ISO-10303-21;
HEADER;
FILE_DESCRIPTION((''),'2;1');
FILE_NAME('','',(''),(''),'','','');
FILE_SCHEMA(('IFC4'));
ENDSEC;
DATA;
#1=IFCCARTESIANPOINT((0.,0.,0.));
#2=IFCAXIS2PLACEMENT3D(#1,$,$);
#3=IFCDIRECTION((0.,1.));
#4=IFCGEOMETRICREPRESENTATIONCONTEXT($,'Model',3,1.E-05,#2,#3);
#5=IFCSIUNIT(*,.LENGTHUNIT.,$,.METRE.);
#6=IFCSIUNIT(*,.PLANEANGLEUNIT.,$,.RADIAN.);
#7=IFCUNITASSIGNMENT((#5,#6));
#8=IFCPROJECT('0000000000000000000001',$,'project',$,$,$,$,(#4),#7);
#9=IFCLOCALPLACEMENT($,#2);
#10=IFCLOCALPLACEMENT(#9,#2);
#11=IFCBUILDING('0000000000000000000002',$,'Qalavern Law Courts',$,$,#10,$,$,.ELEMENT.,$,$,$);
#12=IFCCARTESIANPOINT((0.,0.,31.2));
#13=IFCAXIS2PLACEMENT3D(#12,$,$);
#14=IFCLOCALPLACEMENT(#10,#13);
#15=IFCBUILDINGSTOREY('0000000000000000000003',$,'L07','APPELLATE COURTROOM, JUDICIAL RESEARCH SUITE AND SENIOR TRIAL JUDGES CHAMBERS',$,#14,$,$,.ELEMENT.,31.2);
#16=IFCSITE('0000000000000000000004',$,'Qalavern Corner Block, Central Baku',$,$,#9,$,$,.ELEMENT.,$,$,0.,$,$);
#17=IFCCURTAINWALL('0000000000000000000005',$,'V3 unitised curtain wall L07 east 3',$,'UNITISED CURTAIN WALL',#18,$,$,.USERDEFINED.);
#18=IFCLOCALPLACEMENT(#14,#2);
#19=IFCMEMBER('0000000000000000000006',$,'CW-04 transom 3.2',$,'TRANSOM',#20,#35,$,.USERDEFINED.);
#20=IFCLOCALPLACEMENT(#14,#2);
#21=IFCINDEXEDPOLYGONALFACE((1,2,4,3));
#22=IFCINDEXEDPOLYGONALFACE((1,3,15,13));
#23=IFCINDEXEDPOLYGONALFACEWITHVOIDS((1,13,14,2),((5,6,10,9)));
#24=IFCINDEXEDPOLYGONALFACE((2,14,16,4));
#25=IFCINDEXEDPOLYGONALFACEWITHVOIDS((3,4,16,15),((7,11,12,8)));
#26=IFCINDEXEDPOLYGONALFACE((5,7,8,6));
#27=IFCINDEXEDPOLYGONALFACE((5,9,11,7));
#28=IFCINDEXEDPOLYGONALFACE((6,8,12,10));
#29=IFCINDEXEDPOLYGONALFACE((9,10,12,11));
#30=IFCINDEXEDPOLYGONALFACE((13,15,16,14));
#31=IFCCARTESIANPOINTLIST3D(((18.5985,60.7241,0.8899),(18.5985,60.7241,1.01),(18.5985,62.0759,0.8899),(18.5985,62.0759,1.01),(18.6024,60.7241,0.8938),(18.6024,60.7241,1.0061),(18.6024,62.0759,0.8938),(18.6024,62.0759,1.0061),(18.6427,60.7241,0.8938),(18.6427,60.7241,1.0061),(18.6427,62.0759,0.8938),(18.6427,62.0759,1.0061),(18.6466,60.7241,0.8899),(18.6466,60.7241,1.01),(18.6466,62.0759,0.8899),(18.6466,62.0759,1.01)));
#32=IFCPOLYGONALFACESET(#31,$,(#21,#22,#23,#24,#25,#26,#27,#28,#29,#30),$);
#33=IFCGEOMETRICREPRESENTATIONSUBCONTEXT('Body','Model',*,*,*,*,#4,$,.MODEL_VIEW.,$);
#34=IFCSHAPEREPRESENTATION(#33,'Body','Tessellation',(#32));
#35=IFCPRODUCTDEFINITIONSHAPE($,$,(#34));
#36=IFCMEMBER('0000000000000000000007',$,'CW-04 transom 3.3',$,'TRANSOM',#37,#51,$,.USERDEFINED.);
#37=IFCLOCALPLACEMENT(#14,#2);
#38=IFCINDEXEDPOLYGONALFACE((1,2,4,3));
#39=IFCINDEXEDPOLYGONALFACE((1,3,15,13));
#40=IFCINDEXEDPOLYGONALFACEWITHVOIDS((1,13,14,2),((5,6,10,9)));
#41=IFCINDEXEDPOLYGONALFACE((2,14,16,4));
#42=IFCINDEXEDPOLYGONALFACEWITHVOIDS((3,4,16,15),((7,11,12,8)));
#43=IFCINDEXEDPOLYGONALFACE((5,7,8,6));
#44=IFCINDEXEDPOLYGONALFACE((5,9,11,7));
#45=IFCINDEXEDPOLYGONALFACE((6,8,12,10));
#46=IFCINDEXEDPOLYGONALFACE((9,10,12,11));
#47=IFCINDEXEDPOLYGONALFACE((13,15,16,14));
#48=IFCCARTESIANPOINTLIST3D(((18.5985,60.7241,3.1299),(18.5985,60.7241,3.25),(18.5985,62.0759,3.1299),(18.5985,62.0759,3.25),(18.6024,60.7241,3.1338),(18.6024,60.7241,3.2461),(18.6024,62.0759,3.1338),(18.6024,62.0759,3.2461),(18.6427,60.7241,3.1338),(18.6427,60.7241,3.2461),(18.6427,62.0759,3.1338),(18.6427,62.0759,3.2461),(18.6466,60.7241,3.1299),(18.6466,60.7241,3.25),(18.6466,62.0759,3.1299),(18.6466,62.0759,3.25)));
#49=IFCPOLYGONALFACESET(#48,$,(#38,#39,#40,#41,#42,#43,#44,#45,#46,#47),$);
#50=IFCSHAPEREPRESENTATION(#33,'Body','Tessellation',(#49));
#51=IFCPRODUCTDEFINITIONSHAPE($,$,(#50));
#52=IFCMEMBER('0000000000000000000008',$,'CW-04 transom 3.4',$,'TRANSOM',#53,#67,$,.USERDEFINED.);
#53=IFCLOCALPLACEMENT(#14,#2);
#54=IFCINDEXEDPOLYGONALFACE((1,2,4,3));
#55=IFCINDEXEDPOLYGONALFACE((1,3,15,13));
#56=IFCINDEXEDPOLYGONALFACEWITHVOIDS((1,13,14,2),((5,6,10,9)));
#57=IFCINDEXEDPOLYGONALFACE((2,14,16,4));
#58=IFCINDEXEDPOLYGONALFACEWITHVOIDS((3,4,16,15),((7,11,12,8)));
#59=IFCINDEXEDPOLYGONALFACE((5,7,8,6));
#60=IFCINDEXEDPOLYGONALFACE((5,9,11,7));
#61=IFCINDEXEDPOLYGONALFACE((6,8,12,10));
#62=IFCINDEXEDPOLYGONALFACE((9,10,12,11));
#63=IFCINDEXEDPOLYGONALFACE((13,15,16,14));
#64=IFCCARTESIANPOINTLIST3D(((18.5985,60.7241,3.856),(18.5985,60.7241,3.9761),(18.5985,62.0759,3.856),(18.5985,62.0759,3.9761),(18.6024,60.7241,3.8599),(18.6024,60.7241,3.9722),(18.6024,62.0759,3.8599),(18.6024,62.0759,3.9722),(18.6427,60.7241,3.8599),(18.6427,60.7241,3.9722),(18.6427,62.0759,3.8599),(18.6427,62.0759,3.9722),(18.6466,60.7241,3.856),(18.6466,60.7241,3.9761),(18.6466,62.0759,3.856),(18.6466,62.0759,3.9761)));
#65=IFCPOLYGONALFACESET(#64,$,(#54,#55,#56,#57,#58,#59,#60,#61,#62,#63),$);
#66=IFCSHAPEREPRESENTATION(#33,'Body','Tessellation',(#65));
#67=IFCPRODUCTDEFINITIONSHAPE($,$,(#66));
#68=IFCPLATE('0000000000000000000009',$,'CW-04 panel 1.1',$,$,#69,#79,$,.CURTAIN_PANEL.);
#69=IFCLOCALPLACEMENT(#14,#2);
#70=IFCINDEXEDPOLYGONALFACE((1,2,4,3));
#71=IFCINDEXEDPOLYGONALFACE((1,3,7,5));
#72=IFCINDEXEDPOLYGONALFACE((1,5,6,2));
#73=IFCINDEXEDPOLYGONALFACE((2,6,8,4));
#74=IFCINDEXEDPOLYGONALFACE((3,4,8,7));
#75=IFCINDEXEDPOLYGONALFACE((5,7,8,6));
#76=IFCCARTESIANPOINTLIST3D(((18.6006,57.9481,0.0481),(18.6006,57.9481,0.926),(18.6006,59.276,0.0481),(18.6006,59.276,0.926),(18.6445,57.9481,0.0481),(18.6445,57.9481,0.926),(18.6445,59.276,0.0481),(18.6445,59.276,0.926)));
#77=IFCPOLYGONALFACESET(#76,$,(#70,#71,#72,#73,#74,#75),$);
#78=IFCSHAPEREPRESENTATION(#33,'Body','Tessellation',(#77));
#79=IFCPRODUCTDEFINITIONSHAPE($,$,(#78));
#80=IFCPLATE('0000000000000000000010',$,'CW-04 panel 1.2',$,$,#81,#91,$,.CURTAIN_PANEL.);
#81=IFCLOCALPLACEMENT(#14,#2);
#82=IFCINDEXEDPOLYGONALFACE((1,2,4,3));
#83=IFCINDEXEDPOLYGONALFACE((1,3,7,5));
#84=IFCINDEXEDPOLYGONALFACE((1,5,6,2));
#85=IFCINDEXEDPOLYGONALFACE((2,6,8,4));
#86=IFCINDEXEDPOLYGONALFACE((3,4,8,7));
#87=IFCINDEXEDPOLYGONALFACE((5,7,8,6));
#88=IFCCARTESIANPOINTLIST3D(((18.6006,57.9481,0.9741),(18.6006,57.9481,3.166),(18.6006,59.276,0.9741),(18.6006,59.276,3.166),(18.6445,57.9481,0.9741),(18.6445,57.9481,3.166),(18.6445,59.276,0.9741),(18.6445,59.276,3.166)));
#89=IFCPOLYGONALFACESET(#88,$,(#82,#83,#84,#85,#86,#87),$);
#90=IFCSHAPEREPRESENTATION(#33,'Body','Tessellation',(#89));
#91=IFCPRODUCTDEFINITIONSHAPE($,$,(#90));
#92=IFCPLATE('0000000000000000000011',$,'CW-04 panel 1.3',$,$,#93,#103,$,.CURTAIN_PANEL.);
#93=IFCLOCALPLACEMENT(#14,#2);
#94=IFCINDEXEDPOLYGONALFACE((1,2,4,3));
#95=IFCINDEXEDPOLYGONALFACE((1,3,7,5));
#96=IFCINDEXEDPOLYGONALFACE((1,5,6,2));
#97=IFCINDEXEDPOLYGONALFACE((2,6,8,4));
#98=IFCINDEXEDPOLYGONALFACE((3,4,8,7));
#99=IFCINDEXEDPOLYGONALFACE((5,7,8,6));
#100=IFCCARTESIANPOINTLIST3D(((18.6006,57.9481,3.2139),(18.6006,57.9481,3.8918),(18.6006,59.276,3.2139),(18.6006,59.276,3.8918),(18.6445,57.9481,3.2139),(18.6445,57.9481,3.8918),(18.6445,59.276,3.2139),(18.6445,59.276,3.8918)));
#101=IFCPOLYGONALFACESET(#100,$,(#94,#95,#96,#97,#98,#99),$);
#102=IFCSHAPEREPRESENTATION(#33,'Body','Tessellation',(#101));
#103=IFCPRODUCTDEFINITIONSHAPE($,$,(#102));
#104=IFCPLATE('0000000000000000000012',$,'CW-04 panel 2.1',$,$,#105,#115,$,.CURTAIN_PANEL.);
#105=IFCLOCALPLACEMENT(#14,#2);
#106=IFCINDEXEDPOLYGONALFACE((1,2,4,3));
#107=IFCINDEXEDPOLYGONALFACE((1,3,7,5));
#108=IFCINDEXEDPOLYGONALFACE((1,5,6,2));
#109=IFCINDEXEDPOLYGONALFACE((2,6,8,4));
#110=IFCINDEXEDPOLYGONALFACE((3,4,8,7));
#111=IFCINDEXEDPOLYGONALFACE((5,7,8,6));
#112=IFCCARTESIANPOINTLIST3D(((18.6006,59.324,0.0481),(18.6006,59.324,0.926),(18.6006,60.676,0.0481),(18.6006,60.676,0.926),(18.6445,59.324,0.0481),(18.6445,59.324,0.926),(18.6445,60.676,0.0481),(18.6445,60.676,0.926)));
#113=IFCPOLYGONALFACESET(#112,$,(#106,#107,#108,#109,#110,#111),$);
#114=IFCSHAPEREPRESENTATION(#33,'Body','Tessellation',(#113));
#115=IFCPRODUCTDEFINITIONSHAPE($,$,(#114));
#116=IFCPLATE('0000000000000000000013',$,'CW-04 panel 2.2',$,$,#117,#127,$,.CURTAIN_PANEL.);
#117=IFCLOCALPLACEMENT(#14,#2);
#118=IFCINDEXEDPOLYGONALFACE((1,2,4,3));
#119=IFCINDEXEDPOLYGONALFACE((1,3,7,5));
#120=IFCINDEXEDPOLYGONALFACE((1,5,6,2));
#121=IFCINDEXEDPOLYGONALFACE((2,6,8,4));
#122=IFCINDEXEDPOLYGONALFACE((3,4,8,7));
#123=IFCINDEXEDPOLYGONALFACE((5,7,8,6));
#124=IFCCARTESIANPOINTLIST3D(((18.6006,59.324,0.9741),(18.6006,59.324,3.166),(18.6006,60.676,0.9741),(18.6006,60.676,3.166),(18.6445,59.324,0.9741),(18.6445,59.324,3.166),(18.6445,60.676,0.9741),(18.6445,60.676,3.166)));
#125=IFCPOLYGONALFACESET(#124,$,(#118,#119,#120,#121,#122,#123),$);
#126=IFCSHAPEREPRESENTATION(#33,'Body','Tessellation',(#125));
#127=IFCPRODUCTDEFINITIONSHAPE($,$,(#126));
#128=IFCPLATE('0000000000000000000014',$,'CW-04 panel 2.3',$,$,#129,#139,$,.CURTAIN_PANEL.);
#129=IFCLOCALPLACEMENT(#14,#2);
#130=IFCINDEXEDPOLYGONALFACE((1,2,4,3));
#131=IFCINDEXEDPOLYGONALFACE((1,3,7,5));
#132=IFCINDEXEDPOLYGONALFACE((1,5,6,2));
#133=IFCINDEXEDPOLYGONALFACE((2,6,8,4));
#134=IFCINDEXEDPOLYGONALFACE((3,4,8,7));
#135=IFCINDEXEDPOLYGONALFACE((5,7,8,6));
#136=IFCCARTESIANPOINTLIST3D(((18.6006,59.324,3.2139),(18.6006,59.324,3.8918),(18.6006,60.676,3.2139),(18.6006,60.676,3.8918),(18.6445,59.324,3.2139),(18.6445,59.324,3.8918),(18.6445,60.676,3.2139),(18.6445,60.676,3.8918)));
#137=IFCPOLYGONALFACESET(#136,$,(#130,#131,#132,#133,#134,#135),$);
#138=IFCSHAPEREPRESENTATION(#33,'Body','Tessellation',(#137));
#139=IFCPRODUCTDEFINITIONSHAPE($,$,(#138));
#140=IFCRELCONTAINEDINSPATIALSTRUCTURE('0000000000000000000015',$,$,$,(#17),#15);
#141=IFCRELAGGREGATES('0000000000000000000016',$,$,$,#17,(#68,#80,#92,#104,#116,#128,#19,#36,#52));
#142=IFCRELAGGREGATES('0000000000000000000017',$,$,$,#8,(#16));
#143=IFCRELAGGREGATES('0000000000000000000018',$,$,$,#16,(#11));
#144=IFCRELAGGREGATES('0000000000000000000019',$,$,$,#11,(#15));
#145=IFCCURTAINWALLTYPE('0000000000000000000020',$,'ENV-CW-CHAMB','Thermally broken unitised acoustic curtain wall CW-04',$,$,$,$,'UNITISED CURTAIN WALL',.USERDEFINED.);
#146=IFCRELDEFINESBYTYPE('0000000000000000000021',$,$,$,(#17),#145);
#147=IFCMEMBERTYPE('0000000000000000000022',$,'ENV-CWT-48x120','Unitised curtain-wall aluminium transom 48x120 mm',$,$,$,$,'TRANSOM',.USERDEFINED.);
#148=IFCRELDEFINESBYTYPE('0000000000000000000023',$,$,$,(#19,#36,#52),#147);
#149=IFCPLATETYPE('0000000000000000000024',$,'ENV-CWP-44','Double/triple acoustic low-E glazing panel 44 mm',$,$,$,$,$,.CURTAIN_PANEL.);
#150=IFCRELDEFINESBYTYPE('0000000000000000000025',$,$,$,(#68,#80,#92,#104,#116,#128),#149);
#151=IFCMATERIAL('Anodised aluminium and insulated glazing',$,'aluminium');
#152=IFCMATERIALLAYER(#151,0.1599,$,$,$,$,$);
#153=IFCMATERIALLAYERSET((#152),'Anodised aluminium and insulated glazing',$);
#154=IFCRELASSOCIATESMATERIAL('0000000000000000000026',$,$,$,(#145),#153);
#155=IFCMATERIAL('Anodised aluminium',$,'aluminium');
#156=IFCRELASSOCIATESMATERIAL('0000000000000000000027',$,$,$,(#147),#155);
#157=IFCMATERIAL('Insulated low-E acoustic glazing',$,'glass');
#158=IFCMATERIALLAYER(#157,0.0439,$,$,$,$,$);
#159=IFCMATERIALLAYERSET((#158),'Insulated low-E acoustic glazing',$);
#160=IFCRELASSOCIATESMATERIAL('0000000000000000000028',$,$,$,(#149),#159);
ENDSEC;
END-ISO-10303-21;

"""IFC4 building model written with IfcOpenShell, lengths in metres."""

from ifc_helpers import new_model, si_unit, direction, frame, origin, origin_2d, place, context, subcontext, project, spatial, rectangle, hollow_rectangle, extrude, material, layer, layer_set, material_profile, profile_set, type_object, element, aggregate, save


model = new_model("IFC4")

# Units and contexts
model_context = context("Model", 3, precision=1e-05, world=origin(), true_north=direction((0.0, 1.0)))
body_context = subcontext(model_context, "Body", "Model", "MODEL_VIEW")
ifc_project = project(units=[si_unit("LENGTHUNIT", "METRE"), si_unit("PLANEANGLEUNIT", "RADIAN")], contexts=[model_context])

# Site, building, storey
site_placement = place(None, origin())
site = spatial("IfcSite", under=ifc_project, at=site_placement, Name="Qalavern Corner Block, Central Baku", CompositionType="ELEMENT", RefElevation=0.0)
building_placement = place(site_placement, origin())
building = spatial("IfcBuilding", under=site, at=building_placement, Name="Qalavern Law Courts", CompositionType="ELEMENT")
storey_placement = place(building_placement, frame((0.0, 0.0, 31.2)))
storey = spatial("IfcBuildingStorey", under=building, at=storey_placement, Name="L07", Description="APPELLATE COURTROOM, JUDICIAL RESEARCH SUITE AND SENIOR TRIAL JUDGES CHAMBERS", CompositionType="ELEMENT", Elevation=31.2)

# Curtain wall, members, plates
ifc_material_1 = material(Name="Anodised aluminium and insulated glazing", Category="aluminium")
ifc_layer_1 = layer(ifc_material_1, 0.1599)
ifc_layer_set_1 = layer_set([ifc_layer_1], Name="Anodised aluminium and insulated glazing")
curtain_wall_type = type_object("IfcCurtainWallType", Name="ENV-CW-CHAMB", Description="Thermally broken unitised acoustic curtain wall CW-04", ElementType="UNITISED CURTAIN WALL", PredefinedType="USERDEFINED", material=ifc_layer_set_1)
curtain_wall_placement = place(storey_placement, origin())
curtain_wall = element("IfcCurtainWall", 1, at=curtain_wall_placement, inside=storey, type_object=curtain_wall_type, Name="V3 unitised curtain wall L07 east 3", ObjectType="UNITISED CURTAIN WALL", PredefinedType="USERDEFINED")
ifc_material_2 = material(Name="Anodised aluminium", Category="aluminium")
ifc_material_profile_1 = material_profile(ifc_material_2, hollow_rectangle(XDim=0.0481, YDim=0.1201, WallThickness=0.0039, at=origin_2d()), Name="ALU TRANSOM 48x120")
ifc_profile_set_1 = profile_set([ifc_material_profile_1], Name="Anodised aluminium")
member_type_1 = type_object("IfcMemberType", Name="ENV-CWT-48x120", Description="Unitised curtain-wall aluminium transom 48x120 mm", ElementType="TRANSOM", PredefinedType="USERDEFINED", material=ifc_profile_set_1)
member_1_placement = place(storey_placement, frame((18.6226, 60.7241, 0.95), z_axis=(0.0, 1.0, 0.0), x_axis=(-1.0, 0.0, 0.0)))
member_1 = element("IfcMember", 2, at=member_1_placement, type_object=member_type_1, Name="CW-04 transom 3.2", ObjectType="TRANSOM", PredefinedType="USERDEFINED", context=body_context, shape_type="SweptSolid", body=[
    extrude(hollow_rectangle(XDim=0.0481, YDim=0.1201, WallThickness=0.0039, at=origin_2d()), origin(), (0.0, 0.0, 1.0), 1.3518),
])
member_2_placement = place(storey_placement, frame((18.6226, 60.7241, 3.1899), z_axis=(0.0, 1.0, 0.0), x_axis=(-1.0, 0.0, 0.0)))
member_2 = element("IfcMember", 3, at=member_2_placement, type_object=member_type_1, Name="CW-04 transom 3.3", ObjectType="TRANSOM", PredefinedType="USERDEFINED", context=body_context, shape_type="SweptSolid", body=[
    extrude(hollow_rectangle(XDim=0.0481, YDim=0.1201, WallThickness=0.0039, at=origin_2d()), origin(), (0.0, 0.0, 1.0), 1.3518),
])
member_3_placement = place(storey_placement, frame((18.6226, 60.7241, 3.916), z_axis=(0.0, 1.0, 0.0), x_axis=(-1.0, 0.0, 0.0)))
member_3 = element("IfcMember", 4, at=member_3_placement, type_object=member_type_1, Name="CW-04 transom 3.4", ObjectType="TRANSOM", PredefinedType="USERDEFINED", context=body_context, shape_type="SweptSolid", body=[
    extrude(hollow_rectangle(XDim=0.0481, YDim=0.1201, WallThickness=0.0039, at=origin_2d()), origin(), (0.0, 0.0, 1.0), 1.3518),
])
ifc_material_3 = material(Name="Insulated low-E acoustic glazing", Category="glass")
ifc_layer_2 = layer(ifc_material_3, 0.0439)
ifc_layer_set_2 = layer_set([ifc_layer_2], Name="Insulated low-E acoustic glazing")
plate_type = type_object("IfcPlateType", Name="ENV-CWP-44", Description="Double/triple acoustic low-E glazing panel 44 mm", PredefinedType="CURTAIN_PANEL", material=ifc_layer_set_2)
plate_1_placement = place(storey_placement, frame((18.6226, 58.6121, 0.0481), z_axis=(0.0, 0.0, 1.0), x_axis=(0.0, 1.0, 0.0)))
plate_1 = element("IfcPlate", 5, at=plate_1_placement, type_object=plate_type, Name="CW-04 panel 1.1", PredefinedType="CURTAIN_PANEL", context=body_context, shape_type="SweptSolid", body=[
    extrude(rectangle(XDim=1.3279, YDim=0.0439, at=origin_2d()), origin(), (0.0, 0.0, 1.0), 0.8779),
])
plate_2_placement = place(storey_placement, frame((18.6226, 58.6121, 0.9741), z_axis=(0.0, 0.0, 1.0), x_axis=(0.0, 1.0, 0.0)))
plate_2 = element("IfcPlate", 6, at=plate_2_placement, type_object=plate_type, Name="CW-04 panel 1.2", PredefinedType="CURTAIN_PANEL", context=body_context, shape_type="SweptSolid", body=[
    extrude(rectangle(XDim=1.3279, YDim=0.0439, at=origin_2d()), origin(), (0.0, 0.0, 1.0), 2.1919),
])
plate_3_placement = place(storey_placement, frame((18.6226, 58.6121, 3.2139), z_axis=(0.0, 0.0, 1.0), x_axis=(0.0, 1.0, 0.0)))
plate_3 = element("IfcPlate", 7, at=plate_3_placement, type_object=plate_type, Name="CW-04 panel 1.3", PredefinedType="CURTAIN_PANEL", context=body_context, shape_type="SweptSolid", body=[
    extrude(rectangle(XDim=1.3279, YDim=0.0439, at=origin_2d()), origin(), (0.0, 0.0, 1.0), 0.678),
])
plate_4_placement = place(storey_placement, frame((18.6226, 60.0, 0.0481), z_axis=(0.0, 0.0, 1.0), x_axis=(0.0, 1.0, 0.0)))
plate_4 = element("IfcPlate", 8, at=plate_4_placement, type_object=plate_type, Name="CW-04 panel 2.1", PredefinedType="CURTAIN_PANEL", context=body_context, shape_type="SweptSolid", body=[
    extrude(rectangle(XDim=1.3521, YDim=0.0439, at=origin_2d()), origin(), (0.0, 0.0, 1.0), 0.8779),
])
plate_5_placement = place(storey_placement, frame((18.6226, 60.0, 0.9741), z_axis=(0.0, 0.0, 1.0), x_axis=(0.0, 1.0, 0.0)))
plate_5 = element("IfcPlate", 9, at=plate_5_placement, type_object=plate_type, Name="CW-04 panel 2.2", PredefinedType="CURTAIN_PANEL", context=body_context, shape_type="SweptSolid", body=[
    extrude(rectangle(XDim=1.3521, YDim=0.0439, at=origin_2d()), origin(), (0.0, 0.0, 1.0), 2.1919),
])
plate_6_placement = place(storey_placement, frame((18.6226, 60.0, 3.2139), z_axis=(0.0, 0.0, 1.0), x_axis=(0.0, 1.0, 0.0)))
plate_6 = element("IfcPlate", 10, at=plate_6_placement, type_object=plate_type, Name="CW-04 panel 2.3", PredefinedType="CURTAIN_PANEL", context=body_context, shape_type="SweptSolid", body=[
    extrude(rectangle(XDim=1.3521, YDim=0.0439, at=origin_2d()), origin(), (0.0, 0.0, 1.0), 0.678),
])
aggregate(curtain_wall, [plate_1, plate_2, plate_3, plate_4, plate_5, plate_6, member_1, member_2, member_3])

save(model, "model.ifc")
